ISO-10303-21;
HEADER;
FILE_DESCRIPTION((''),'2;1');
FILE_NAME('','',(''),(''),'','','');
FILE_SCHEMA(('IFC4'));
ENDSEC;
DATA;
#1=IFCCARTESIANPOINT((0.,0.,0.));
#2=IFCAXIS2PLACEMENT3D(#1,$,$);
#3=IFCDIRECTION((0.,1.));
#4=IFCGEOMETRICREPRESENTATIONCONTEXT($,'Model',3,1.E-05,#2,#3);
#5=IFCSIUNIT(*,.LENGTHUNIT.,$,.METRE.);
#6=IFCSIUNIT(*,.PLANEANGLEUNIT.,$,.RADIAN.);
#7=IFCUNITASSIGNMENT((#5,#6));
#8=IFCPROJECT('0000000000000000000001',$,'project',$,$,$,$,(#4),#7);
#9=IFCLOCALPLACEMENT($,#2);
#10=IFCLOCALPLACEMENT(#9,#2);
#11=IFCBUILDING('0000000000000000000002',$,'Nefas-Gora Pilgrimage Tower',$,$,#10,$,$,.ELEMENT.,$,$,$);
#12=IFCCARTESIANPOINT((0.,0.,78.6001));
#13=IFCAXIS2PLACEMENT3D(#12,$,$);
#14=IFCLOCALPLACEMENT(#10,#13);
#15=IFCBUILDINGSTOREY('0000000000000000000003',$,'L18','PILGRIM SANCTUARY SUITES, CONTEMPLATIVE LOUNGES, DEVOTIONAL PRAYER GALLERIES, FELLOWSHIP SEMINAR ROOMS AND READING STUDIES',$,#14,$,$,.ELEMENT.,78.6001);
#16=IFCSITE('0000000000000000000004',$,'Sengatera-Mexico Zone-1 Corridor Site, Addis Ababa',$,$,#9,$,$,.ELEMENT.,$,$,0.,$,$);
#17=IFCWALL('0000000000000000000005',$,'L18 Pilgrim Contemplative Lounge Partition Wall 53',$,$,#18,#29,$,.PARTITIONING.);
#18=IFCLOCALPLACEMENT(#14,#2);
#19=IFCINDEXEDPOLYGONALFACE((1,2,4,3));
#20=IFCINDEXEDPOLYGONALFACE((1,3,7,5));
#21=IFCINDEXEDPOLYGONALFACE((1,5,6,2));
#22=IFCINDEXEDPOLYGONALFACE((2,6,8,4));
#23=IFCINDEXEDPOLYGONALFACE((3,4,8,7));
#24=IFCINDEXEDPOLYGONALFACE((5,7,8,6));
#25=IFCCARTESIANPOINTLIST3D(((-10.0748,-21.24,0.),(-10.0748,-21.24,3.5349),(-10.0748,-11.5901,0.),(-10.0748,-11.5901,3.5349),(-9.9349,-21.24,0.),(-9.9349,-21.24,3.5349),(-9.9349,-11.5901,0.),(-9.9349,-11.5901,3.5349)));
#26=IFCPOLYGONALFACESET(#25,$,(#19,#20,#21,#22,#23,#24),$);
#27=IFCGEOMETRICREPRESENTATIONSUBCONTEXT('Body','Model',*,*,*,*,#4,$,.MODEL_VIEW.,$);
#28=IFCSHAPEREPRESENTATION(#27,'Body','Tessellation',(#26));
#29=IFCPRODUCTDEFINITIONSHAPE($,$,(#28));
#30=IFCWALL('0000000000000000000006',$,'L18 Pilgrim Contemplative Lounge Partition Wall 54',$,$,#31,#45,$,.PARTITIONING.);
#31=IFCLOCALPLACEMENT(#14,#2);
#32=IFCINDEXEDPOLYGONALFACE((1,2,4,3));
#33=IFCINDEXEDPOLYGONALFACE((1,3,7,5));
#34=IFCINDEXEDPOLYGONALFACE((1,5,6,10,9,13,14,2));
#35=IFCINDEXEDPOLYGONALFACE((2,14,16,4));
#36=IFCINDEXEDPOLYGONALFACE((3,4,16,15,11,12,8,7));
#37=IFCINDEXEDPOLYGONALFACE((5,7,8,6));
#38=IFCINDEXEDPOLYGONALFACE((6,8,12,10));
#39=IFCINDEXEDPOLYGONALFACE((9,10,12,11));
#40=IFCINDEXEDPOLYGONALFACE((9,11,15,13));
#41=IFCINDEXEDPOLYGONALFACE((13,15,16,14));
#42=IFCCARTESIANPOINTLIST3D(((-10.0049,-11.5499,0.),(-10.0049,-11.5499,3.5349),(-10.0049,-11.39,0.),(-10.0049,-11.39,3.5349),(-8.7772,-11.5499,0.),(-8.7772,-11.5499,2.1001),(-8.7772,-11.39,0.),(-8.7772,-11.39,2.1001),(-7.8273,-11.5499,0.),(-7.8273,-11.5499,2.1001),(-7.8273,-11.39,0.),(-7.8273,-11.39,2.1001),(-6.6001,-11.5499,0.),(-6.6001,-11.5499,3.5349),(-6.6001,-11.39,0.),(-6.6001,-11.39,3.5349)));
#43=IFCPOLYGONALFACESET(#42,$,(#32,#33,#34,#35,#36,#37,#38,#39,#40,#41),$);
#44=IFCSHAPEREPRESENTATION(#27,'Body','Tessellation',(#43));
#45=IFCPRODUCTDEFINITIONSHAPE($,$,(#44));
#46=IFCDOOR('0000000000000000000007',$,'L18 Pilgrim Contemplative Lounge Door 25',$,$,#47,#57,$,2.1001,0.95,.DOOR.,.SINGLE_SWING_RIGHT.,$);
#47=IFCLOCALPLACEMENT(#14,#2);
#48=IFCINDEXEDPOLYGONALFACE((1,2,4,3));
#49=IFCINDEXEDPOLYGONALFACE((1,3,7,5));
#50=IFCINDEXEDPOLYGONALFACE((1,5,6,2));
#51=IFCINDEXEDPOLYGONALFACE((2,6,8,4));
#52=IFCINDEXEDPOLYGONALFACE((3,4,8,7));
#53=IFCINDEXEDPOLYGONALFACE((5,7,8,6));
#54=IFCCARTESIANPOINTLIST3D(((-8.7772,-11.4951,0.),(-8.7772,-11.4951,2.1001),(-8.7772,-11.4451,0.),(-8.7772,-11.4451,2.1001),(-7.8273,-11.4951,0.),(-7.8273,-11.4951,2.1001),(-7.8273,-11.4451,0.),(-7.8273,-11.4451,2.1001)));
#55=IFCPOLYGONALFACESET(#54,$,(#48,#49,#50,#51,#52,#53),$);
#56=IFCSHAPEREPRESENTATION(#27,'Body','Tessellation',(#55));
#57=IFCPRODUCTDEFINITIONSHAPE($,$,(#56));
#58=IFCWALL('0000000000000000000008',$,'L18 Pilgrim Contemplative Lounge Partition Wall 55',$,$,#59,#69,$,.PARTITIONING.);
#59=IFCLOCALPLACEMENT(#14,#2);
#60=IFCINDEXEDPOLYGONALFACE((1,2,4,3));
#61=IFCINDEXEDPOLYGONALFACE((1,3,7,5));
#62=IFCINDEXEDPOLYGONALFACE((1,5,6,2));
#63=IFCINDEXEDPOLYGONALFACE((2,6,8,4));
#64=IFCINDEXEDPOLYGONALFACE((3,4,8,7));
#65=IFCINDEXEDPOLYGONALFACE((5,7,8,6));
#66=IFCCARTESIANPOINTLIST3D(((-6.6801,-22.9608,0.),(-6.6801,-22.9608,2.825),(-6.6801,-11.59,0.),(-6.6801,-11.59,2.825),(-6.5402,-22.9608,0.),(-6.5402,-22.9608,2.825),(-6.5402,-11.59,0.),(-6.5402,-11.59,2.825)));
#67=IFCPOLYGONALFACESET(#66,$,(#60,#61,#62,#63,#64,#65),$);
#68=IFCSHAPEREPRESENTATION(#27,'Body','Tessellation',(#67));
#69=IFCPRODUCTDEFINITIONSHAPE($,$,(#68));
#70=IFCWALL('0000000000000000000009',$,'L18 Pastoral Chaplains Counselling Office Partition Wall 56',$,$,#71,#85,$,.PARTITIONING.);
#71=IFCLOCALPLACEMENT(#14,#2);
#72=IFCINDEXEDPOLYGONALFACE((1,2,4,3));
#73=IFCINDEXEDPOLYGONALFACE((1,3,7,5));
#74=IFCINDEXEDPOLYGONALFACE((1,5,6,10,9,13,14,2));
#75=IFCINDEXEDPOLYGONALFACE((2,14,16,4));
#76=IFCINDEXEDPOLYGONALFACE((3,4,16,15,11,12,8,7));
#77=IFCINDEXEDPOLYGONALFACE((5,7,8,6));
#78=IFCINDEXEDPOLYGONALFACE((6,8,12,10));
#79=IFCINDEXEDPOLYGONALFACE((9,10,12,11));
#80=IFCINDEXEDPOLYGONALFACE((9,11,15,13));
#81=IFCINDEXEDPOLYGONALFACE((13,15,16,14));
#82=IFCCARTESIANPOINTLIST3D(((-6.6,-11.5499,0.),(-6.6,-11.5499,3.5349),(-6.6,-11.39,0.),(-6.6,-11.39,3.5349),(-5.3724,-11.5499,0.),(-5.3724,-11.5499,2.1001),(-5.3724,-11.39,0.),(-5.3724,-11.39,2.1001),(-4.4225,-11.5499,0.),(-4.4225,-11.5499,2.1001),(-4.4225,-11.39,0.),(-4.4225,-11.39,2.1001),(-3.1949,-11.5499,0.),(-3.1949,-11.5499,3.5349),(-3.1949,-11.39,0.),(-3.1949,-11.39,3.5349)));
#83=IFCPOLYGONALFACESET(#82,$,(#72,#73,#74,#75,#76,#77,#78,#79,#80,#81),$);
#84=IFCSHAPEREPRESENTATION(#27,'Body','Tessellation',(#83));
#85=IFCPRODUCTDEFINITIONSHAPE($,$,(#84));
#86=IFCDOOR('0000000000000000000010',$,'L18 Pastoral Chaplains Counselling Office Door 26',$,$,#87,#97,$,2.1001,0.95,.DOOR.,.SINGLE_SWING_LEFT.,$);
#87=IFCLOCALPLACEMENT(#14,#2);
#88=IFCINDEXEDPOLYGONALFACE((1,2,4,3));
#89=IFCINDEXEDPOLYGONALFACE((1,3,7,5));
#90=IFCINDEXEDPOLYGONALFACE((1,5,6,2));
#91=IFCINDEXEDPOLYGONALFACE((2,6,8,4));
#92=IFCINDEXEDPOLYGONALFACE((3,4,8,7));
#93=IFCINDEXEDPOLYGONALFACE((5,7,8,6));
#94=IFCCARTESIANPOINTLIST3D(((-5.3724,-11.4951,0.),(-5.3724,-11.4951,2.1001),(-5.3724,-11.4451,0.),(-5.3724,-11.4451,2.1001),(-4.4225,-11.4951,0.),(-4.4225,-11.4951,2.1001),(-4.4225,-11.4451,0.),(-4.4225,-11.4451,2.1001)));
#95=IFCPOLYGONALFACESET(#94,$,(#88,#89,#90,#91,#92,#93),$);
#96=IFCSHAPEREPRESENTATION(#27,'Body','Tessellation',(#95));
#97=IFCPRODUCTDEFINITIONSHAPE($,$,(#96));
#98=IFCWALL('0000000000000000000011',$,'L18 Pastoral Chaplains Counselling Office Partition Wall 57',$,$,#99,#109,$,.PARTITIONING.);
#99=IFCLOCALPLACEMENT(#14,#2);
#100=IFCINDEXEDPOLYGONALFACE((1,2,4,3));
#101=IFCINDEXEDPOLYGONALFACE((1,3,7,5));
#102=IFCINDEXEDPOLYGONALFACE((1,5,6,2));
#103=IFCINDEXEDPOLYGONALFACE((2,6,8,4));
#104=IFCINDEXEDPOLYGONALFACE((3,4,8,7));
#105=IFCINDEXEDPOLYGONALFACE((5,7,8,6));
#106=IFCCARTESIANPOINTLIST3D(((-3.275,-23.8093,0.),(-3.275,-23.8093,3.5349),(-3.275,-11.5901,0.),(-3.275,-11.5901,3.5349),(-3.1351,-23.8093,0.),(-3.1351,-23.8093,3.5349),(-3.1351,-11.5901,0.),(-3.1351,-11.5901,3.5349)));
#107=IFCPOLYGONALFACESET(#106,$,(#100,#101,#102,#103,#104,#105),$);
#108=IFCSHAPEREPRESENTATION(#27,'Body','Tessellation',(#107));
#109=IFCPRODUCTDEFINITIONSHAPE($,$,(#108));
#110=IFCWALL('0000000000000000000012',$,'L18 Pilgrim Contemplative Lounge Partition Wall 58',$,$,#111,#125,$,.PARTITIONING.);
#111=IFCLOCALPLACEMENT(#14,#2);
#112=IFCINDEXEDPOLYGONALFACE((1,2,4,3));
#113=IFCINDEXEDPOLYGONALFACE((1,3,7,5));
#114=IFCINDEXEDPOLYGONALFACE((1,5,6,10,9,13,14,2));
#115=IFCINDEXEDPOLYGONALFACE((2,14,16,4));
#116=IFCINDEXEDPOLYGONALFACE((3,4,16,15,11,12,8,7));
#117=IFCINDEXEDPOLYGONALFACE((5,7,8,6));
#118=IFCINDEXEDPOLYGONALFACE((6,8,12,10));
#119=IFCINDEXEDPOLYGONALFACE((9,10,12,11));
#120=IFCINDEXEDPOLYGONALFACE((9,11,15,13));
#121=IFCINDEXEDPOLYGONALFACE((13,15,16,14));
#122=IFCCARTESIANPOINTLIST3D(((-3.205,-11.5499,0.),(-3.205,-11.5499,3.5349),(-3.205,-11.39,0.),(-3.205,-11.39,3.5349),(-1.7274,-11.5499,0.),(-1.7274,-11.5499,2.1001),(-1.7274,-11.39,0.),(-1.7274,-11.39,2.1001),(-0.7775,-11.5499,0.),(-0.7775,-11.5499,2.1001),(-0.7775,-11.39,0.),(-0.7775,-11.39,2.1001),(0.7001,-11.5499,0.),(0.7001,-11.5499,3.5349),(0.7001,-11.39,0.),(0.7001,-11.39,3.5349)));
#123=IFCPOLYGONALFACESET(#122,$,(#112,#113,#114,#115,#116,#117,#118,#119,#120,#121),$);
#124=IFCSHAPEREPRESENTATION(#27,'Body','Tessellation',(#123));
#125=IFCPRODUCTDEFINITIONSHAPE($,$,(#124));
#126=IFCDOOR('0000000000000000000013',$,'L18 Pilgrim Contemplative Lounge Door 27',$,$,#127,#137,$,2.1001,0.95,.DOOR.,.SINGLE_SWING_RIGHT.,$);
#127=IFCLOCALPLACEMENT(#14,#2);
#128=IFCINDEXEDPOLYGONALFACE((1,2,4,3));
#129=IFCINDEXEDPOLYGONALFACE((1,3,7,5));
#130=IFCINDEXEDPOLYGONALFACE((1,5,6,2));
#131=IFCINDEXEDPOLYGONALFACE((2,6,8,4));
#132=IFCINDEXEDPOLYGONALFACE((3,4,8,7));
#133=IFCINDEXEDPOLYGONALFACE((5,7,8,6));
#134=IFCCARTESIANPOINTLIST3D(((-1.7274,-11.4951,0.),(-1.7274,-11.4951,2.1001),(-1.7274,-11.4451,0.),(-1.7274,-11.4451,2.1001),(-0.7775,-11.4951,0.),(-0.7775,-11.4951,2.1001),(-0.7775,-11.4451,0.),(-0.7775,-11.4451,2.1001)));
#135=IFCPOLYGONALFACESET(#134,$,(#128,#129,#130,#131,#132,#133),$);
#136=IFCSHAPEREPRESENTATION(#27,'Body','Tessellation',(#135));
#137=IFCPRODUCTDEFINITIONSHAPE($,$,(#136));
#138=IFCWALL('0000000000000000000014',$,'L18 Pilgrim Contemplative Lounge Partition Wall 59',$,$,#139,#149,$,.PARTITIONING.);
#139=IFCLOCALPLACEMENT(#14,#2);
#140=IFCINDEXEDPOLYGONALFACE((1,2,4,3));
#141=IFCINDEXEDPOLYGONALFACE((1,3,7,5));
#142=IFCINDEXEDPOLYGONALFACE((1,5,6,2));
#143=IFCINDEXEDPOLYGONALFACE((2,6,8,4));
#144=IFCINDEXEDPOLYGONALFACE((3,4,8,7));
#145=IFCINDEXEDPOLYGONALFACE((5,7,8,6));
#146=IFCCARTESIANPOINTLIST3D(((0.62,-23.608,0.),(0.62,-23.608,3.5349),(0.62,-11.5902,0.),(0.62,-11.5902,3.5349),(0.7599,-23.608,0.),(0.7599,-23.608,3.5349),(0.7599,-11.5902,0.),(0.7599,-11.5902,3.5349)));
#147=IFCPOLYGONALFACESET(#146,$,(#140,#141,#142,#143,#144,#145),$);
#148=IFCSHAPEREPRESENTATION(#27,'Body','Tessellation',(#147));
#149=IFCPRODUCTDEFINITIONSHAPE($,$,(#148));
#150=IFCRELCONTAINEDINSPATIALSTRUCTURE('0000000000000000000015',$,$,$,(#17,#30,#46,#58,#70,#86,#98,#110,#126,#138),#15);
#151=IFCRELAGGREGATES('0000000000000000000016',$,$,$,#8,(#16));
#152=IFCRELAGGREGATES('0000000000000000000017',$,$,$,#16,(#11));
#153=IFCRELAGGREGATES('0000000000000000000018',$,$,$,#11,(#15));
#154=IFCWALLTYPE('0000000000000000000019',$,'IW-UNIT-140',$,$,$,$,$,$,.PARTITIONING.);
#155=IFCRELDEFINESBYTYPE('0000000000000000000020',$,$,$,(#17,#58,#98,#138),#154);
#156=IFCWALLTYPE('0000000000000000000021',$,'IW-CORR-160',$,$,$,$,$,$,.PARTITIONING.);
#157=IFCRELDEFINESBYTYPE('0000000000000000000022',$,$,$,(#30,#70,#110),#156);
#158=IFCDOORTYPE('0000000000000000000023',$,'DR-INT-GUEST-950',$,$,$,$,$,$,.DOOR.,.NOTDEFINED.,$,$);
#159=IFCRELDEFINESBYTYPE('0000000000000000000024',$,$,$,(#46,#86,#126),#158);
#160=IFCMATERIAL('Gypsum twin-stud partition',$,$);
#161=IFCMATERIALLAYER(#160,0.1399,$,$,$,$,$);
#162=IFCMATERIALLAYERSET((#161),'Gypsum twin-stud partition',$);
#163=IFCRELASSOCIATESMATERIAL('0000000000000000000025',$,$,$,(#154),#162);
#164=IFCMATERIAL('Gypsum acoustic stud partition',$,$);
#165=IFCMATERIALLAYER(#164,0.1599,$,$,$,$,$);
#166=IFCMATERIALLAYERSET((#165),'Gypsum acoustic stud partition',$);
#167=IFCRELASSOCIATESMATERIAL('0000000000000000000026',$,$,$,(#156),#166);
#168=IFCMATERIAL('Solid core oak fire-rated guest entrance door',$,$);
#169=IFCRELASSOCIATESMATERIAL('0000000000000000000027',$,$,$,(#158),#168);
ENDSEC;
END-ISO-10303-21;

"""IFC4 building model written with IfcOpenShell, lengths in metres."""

from ifc_helpers import new_model, si_unit, direction, frame, frame_2d, origin, place, context, subcontext, project, spatial, rectangle, extrude, source, transform, mapped, material, layer, layer_set, type_object, element, fill, save


model = new_model("IFC4")

# Units and contexts
model_context = context("Model", 3, precision=1e-05, world=origin(), true_north=direction((0.0, 1.0)))
body_context = subcontext(model_context, "Body", "Model", "MODEL_VIEW")
ifc_project = project(units=[si_unit("LENGTHUNIT", "METRE"), si_unit("PLANEANGLEUNIT", "RADIAN")], contexts=[model_context])

# Site, building, storey
site_placement = place(None, origin())
site = spatial("IfcSite", under=ifc_project, at=site_placement, Name="Sengatera-Mexico Zone-1 Corridor Site, Addis Ababa", CompositionType="ELEMENT", RefElevation=0.0)
building_placement = place(site_placement, origin())
building = spatial("IfcBuilding", under=site, at=building_placement, Name="Nefas-Gora Pilgrimage Tower", CompositionType="ELEMENT")
storey_placement = place(building_placement, frame((0.0, 0.0, 78.6001)))
storey = spatial("IfcBuildingStorey", under=building, at=storey_placement, Name="L18", Description="PILGRIM SANCTUARY SUITES, CONTEMPLATIVE LOUNGES, DEVOTIONAL PRAYER GALLERIES, FELLOWSHIP SEMINAR ROOMS AND READING STUDIES", CompositionType="ELEMENT", Elevation=78.6001)

# Wall
ifc_material_1 = material(Name="Gypsum twin-stud partition")
ifc_layer_1 = layer(ifc_material_1, 0.1399)
ifc_layer_set_1 = layer_set([ifc_layer_1], Name="Gypsum twin-stud partition")
wall_type_1 = type_object("IfcWallType", Name="IW-UNIT-140", PredefinedType="PARTITIONING", material=ifc_layer_set_1)
shared_shape_1 = source(origin(), body_context, "Body", "SweptSolid", [
    extrude(rectangle(XDim=9.6499, YDim=0.1399, at=frame_2d((4.825, 0.0))), origin(), (0.0, 0.0, 1.0), 3.5349),
])
wall_1_placement = place(storey_placement, frame((-10.0049, -21.24, 0.0), z_axis=(0.0, 0.0, 1.0), x_axis=(0.0, 1.0, 0.0)))
element("IfcWall", 1, at=wall_1_placement, inside=storey, type_object=wall_type_1, Name="L18 Pilgrim Contemplative Lounge Partition Wall 53", PredefinedType="PARTITIONING", context=body_context, shape_type="MappedRepresentation", body=[
    mapped(shared_shape_1, transform((0.0, 0.0, 0.0), x_axis=(1.0, 0.0, 0.0), y_axis=(0.0, 1.0, 0.0), z_axis=(0.0, 0.0, 1.0), scale=1.0)),
])

# Wall, opening, door
ifc_material_2 = material(Name="Gypsum acoustic stud partition")
ifc_layer_2 = layer(ifc_material_2, 0.1599)
ifc_layer_set_2 = layer_set([ifc_layer_2], Name="Gypsum acoustic stud partition")
wall_type_2 = type_object("IfcWallType", Name="IW-CORR-160", PredefinedType="PARTITIONING", material=ifc_layer_set_2)
shared_shape_2 = source(origin(), body_context, "Body", "SweptSolid", [
    extrude(rectangle(XDim=3.4048, YDim=0.1599, at=frame_2d((1.7024, 0.0))), origin(), (0.0, 0.0, 1.0), 3.5349),
])
wall_2_placement = place(storey_placement, frame((-10.0049, -11.47, 0.0), z_axis=(0.0, 0.0, 1.0), x_axis=(1.0, 0.0, 0.0)))
wall_2 = element("IfcWall", 2, at=wall_2_placement, inside=storey, type_object=wall_type_2, Name="L18 Pilgrim Contemplative Lounge Partition Wall 54", PredefinedType="PARTITIONING", context=body_context, shape_type="MappedRepresentation", body=[
    mapped(shared_shape_2, transform((0.0, 0.0, 0.0), x_axis=(1.0, 0.0, 0.0), y_axis=(0.0, 1.0, 0.0), z_axis=(0.0, 0.0, 1.0), scale=1.0)),
])
opening_1_placement = place(wall_2_placement, frame((1.2275, 0.0, 0.0)))
opening_1 = element("IfcOpeningElement", 3, at=opening_1_placement, cuts=wall_2, PredefinedType="OPENING", context=body_context, shape_type="SweptSolid", body=[
    extrude(rectangle(XDim=0.95, YDim=2.1001, at=frame_2d((0.4751, 1.05))), frame((0.0, 0.0898, 0.0), z_axis=(0.0, -1.0, 0.0), x_axis=(1.0, 0.0, 0.0)), (0.0, 0.0, 1.0), 0.1799),
])
ifc_material_3 = material(Name="Solid core oak fire-rated guest entrance door")
door_type_1 = type_object("IfcDoorType", Name="DR-INT-GUEST-950", OperationType="NOTDEFINED", PredefinedType="DOOR", material=ifc_material_3)
shared_shape_3 = source(origin(), body_context, "Body", "SweptSolid", [
    extrude(rectangle(XDim=0.95, YDim=2.1001, at=frame_2d((0.4751, 1.05))), frame((0.0, 0.0249, 0.0), z_axis=(0.0, -1.0, 0.0), x_axis=(1.0, 0.0, 0.0)), (0.0, 0.0, 1.0), 0.05),
])
door_1_placement = place(opening_1_placement, origin())
door_1 = element("IfcDoor", 4, at=door_1_placement, inside=storey, type_object=door_type_1, Name="L18 Pilgrim Contemplative Lounge Door 25", OperationType="SINGLE_SWING_RIGHT", OverallHeight=2.1001, OverallWidth=0.95, PredefinedType="DOOR", context=body_context, shape_type="MappedRepresentation", body=[
    mapped(shared_shape_3, transform((0.0, 0.0, 0.0), x_axis=(1.0, 0.0, 0.0), y_axis=(0.0, 1.0, 0.0), z_axis=(0.0, 0.0, 1.0), scale=1.0)),
])
fill(opening_1, door_1)

# Wall
shared_shape_4 = source(origin(), body_context, "Body", "SweptSolid", [
    extrude(rectangle(XDim=11.3708, YDim=0.1399, at=frame_2d((5.6855, 0.0))), origin(), (0.0, 0.0, 1.0), 2.825),
])
wall_3_placement = place(storey_placement, frame((-6.6101, -22.9609, 0.0), z_axis=(0.0, 0.0, 1.0), x_axis=(0.0, 1.0, 0.0)))
element("IfcWall", 5, at=wall_3_placement, inside=storey, type_object=wall_type_1, Name="L18 Pilgrim Contemplative Lounge Partition Wall 55", PredefinedType="PARTITIONING", context=body_context, shape_type="MappedRepresentation", body=[
    mapped(shared_shape_4, transform((0.0, 0.0, 0.0), x_axis=(1.0, 0.0, 0.0), y_axis=(0.0, 1.0, 0.0), z_axis=(0.0, 0.0, 1.0), scale=1.0)),
])

# Wall, opening, door
shared_shape_5 = source(origin(), body_context, "Body", "SweptSolid", [
    extrude(rectangle(XDim=3.405, YDim=0.1599, at=frame_2d((1.7026, 0.0))), origin(), (0.0, 0.0, 1.0), 3.5349),
])
wall_4_placement = place(storey_placement, frame((-6.6001, -11.47, 0.0), z_axis=(0.0, 0.0, 1.0), x_axis=(1.0, 0.0, 0.0)))
wall_4 = element("IfcWall", 6, at=wall_4_placement, inside=storey, type_object=wall_type_2, Name="L18 Pastoral Chaplains Counselling Office Partition Wall 56", PredefinedType="PARTITIONING", context=body_context, shape_type="MappedRepresentation", body=[
    mapped(shared_shape_5, transform((0.0, 0.0, 0.0), x_axis=(1.0, 0.0, 0.0), y_axis=(0.0, 1.0, 0.0), z_axis=(0.0, 0.0, 1.0), scale=1.0)),
])
opening_2_placement = place(wall_4_placement, frame((1.2275, 0.0, 0.0)))
opening_2 = element("IfcOpeningElement", 7, at=opening_2_placement, cuts=wall_4, PredefinedType="OPENING", context=body_context, shape_type="SweptSolid", body=[
    extrude(rectangle(XDim=0.95, YDim=2.1001, at=frame_2d((0.4751, 1.05))), frame((0.0, 0.0898, 0.0), z_axis=(0.0, -1.0, 0.0), x_axis=(1.0, 0.0, 0.0)), (0.0, 0.0, 1.0), 0.1799),
])
door_2_placement = place(opening_2_placement, origin())
door_2 = element("IfcDoor", 8, at=door_2_placement, inside=storey, type_object=door_type_1, Name="L18 Pastoral Chaplains Counselling Office Door 26", OperationType="SINGLE_SWING_LEFT", OverallHeight=2.1001, OverallWidth=0.95, PredefinedType="DOOR", context=body_context, shape_type="MappedRepresentation", body=[
    mapped(shared_shape_3, transform((0.0, 0.0, 0.0), x_axis=(1.0, 0.0, 0.0), y_axis=(0.0, 1.0, 0.0), z_axis=(0.0, 0.0, 1.0), scale=1.0)),
])
fill(opening_2, door_2)

# Wall
shared_shape_6 = source(origin(), body_context, "Body", "SweptSolid", [
    extrude(rectangle(XDim=12.2192, YDim=0.1399, at=frame_2d((6.1096, 0.0))), origin(), (0.0, 0.0, 1.0), 3.5349),
])
wall_5_placement = place(storey_placement, frame((-3.2051, -23.8093, 0.0), z_axis=(0.0, 0.0, 1.0), x_axis=(0.0, 1.0, 0.0)))
element("IfcWall", 9, at=wall_5_placement, inside=storey, type_object=wall_type_1, Name="L18 Pastoral Chaplains Counselling Office Partition Wall 57", PredefinedType="PARTITIONING", context=body_context, shape_type="MappedRepresentation", body=[
    mapped(shared_shape_6, transform((0.0, 0.0, 0.0), x_axis=(1.0, 0.0, 0.0), y_axis=(0.0, 1.0, 0.0), z_axis=(0.0, 0.0, 1.0), scale=1.0)),
])

# Wall, opening, door
shared_shape_7 = source(origin(), body_context, "Body", "SweptSolid", [
    extrude(rectangle(XDim=3.905, YDim=0.1599, at=frame_2d((1.9526, 0.0))), origin(), (0.0, 0.0, 1.0), 3.5349),
])
wall_6_placement = place(storey_placement, frame((-3.2051, -11.47, 0.0), z_axis=(0.0, 0.0, 1.0), x_axis=(1.0, 0.0, 0.0)))
wall_6 = element("IfcWall", 10, at=wall_6_placement, inside=storey, type_object=wall_type_2, Name="L18 Pilgrim Contemplative Lounge Partition Wall 58", PredefinedType="PARTITIONING", context=body_context, shape_type="MappedRepresentation", body=[
    mapped(shared_shape_7, transform((0.0, 0.0, 0.0), x_axis=(1.0, 0.0, 0.0), y_axis=(0.0, 1.0, 0.0), z_axis=(0.0, 0.0, 1.0), scale=1.0)),
])
opening_3_placement = place(wall_6_placement, frame((1.4775, 0.0, 0.0)))
opening_3 = element("IfcOpeningElement", 11, at=opening_3_placement, cuts=wall_6, PredefinedType="OPENING", context=body_context, shape_type="SweptSolid", body=[
    extrude(rectangle(XDim=0.95, YDim=2.1001, at=frame_2d((0.4751, 1.05))), frame((0.0, 0.0898, 0.0), z_axis=(0.0, -1.0, 0.0), x_axis=(1.0, 0.0, 0.0)), (0.0, 0.0, 1.0), 0.1799),
])
door_3_placement = place(opening_3_placement, origin())
door_3 = element("IfcDoor", 12, at=door_3_placement, inside=storey, type_object=door_type_1, Name="L18 Pilgrim Contemplative Lounge Door 27", OperationType="SINGLE_SWING_RIGHT", OverallHeight=2.1001, OverallWidth=0.95, PredefinedType="DOOR", context=body_context, shape_type="MappedRepresentation", body=[
    mapped(shared_shape_3, transform((0.0, 0.0, 0.0), x_axis=(1.0, 0.0, 0.0), y_axis=(0.0, 1.0, 0.0), z_axis=(0.0, 0.0, 1.0), scale=1.0)),
])
fill(opening_3, door_3)

# Wall
shared_shape_8 = source(origin(), body_context, "Body", "SweptSolid", [
    extrude(rectangle(XDim=12.0178, YDim=0.1399, at=frame_2d((6.0088, 0.0))), origin(), (0.0, 0.0, 1.0), 3.5349),
])
wall_7_placement = place(storey_placement, frame((0.6899, -23.6079, 0.0), z_axis=(0.0, 0.0, 1.0), x_axis=(0.0, 1.0, 0.0)))
element("IfcWall", 13, at=wall_7_placement, inside=storey, type_object=wall_type_1, Name="L18 Pilgrim Contemplative Lounge Partition Wall 59", PredefinedType="PARTITIONING", context=body_context, shape_type="MappedRepresentation", body=[
    mapped(shared_shape_8, transform((0.0, 0.0, 0.0), x_axis=(1.0, 0.0, 0.0), y_axis=(0.0, 1.0, 0.0), z_axis=(0.0, 0.0, 1.0), scale=1.0)),
])

save(model, "model.ifc")
